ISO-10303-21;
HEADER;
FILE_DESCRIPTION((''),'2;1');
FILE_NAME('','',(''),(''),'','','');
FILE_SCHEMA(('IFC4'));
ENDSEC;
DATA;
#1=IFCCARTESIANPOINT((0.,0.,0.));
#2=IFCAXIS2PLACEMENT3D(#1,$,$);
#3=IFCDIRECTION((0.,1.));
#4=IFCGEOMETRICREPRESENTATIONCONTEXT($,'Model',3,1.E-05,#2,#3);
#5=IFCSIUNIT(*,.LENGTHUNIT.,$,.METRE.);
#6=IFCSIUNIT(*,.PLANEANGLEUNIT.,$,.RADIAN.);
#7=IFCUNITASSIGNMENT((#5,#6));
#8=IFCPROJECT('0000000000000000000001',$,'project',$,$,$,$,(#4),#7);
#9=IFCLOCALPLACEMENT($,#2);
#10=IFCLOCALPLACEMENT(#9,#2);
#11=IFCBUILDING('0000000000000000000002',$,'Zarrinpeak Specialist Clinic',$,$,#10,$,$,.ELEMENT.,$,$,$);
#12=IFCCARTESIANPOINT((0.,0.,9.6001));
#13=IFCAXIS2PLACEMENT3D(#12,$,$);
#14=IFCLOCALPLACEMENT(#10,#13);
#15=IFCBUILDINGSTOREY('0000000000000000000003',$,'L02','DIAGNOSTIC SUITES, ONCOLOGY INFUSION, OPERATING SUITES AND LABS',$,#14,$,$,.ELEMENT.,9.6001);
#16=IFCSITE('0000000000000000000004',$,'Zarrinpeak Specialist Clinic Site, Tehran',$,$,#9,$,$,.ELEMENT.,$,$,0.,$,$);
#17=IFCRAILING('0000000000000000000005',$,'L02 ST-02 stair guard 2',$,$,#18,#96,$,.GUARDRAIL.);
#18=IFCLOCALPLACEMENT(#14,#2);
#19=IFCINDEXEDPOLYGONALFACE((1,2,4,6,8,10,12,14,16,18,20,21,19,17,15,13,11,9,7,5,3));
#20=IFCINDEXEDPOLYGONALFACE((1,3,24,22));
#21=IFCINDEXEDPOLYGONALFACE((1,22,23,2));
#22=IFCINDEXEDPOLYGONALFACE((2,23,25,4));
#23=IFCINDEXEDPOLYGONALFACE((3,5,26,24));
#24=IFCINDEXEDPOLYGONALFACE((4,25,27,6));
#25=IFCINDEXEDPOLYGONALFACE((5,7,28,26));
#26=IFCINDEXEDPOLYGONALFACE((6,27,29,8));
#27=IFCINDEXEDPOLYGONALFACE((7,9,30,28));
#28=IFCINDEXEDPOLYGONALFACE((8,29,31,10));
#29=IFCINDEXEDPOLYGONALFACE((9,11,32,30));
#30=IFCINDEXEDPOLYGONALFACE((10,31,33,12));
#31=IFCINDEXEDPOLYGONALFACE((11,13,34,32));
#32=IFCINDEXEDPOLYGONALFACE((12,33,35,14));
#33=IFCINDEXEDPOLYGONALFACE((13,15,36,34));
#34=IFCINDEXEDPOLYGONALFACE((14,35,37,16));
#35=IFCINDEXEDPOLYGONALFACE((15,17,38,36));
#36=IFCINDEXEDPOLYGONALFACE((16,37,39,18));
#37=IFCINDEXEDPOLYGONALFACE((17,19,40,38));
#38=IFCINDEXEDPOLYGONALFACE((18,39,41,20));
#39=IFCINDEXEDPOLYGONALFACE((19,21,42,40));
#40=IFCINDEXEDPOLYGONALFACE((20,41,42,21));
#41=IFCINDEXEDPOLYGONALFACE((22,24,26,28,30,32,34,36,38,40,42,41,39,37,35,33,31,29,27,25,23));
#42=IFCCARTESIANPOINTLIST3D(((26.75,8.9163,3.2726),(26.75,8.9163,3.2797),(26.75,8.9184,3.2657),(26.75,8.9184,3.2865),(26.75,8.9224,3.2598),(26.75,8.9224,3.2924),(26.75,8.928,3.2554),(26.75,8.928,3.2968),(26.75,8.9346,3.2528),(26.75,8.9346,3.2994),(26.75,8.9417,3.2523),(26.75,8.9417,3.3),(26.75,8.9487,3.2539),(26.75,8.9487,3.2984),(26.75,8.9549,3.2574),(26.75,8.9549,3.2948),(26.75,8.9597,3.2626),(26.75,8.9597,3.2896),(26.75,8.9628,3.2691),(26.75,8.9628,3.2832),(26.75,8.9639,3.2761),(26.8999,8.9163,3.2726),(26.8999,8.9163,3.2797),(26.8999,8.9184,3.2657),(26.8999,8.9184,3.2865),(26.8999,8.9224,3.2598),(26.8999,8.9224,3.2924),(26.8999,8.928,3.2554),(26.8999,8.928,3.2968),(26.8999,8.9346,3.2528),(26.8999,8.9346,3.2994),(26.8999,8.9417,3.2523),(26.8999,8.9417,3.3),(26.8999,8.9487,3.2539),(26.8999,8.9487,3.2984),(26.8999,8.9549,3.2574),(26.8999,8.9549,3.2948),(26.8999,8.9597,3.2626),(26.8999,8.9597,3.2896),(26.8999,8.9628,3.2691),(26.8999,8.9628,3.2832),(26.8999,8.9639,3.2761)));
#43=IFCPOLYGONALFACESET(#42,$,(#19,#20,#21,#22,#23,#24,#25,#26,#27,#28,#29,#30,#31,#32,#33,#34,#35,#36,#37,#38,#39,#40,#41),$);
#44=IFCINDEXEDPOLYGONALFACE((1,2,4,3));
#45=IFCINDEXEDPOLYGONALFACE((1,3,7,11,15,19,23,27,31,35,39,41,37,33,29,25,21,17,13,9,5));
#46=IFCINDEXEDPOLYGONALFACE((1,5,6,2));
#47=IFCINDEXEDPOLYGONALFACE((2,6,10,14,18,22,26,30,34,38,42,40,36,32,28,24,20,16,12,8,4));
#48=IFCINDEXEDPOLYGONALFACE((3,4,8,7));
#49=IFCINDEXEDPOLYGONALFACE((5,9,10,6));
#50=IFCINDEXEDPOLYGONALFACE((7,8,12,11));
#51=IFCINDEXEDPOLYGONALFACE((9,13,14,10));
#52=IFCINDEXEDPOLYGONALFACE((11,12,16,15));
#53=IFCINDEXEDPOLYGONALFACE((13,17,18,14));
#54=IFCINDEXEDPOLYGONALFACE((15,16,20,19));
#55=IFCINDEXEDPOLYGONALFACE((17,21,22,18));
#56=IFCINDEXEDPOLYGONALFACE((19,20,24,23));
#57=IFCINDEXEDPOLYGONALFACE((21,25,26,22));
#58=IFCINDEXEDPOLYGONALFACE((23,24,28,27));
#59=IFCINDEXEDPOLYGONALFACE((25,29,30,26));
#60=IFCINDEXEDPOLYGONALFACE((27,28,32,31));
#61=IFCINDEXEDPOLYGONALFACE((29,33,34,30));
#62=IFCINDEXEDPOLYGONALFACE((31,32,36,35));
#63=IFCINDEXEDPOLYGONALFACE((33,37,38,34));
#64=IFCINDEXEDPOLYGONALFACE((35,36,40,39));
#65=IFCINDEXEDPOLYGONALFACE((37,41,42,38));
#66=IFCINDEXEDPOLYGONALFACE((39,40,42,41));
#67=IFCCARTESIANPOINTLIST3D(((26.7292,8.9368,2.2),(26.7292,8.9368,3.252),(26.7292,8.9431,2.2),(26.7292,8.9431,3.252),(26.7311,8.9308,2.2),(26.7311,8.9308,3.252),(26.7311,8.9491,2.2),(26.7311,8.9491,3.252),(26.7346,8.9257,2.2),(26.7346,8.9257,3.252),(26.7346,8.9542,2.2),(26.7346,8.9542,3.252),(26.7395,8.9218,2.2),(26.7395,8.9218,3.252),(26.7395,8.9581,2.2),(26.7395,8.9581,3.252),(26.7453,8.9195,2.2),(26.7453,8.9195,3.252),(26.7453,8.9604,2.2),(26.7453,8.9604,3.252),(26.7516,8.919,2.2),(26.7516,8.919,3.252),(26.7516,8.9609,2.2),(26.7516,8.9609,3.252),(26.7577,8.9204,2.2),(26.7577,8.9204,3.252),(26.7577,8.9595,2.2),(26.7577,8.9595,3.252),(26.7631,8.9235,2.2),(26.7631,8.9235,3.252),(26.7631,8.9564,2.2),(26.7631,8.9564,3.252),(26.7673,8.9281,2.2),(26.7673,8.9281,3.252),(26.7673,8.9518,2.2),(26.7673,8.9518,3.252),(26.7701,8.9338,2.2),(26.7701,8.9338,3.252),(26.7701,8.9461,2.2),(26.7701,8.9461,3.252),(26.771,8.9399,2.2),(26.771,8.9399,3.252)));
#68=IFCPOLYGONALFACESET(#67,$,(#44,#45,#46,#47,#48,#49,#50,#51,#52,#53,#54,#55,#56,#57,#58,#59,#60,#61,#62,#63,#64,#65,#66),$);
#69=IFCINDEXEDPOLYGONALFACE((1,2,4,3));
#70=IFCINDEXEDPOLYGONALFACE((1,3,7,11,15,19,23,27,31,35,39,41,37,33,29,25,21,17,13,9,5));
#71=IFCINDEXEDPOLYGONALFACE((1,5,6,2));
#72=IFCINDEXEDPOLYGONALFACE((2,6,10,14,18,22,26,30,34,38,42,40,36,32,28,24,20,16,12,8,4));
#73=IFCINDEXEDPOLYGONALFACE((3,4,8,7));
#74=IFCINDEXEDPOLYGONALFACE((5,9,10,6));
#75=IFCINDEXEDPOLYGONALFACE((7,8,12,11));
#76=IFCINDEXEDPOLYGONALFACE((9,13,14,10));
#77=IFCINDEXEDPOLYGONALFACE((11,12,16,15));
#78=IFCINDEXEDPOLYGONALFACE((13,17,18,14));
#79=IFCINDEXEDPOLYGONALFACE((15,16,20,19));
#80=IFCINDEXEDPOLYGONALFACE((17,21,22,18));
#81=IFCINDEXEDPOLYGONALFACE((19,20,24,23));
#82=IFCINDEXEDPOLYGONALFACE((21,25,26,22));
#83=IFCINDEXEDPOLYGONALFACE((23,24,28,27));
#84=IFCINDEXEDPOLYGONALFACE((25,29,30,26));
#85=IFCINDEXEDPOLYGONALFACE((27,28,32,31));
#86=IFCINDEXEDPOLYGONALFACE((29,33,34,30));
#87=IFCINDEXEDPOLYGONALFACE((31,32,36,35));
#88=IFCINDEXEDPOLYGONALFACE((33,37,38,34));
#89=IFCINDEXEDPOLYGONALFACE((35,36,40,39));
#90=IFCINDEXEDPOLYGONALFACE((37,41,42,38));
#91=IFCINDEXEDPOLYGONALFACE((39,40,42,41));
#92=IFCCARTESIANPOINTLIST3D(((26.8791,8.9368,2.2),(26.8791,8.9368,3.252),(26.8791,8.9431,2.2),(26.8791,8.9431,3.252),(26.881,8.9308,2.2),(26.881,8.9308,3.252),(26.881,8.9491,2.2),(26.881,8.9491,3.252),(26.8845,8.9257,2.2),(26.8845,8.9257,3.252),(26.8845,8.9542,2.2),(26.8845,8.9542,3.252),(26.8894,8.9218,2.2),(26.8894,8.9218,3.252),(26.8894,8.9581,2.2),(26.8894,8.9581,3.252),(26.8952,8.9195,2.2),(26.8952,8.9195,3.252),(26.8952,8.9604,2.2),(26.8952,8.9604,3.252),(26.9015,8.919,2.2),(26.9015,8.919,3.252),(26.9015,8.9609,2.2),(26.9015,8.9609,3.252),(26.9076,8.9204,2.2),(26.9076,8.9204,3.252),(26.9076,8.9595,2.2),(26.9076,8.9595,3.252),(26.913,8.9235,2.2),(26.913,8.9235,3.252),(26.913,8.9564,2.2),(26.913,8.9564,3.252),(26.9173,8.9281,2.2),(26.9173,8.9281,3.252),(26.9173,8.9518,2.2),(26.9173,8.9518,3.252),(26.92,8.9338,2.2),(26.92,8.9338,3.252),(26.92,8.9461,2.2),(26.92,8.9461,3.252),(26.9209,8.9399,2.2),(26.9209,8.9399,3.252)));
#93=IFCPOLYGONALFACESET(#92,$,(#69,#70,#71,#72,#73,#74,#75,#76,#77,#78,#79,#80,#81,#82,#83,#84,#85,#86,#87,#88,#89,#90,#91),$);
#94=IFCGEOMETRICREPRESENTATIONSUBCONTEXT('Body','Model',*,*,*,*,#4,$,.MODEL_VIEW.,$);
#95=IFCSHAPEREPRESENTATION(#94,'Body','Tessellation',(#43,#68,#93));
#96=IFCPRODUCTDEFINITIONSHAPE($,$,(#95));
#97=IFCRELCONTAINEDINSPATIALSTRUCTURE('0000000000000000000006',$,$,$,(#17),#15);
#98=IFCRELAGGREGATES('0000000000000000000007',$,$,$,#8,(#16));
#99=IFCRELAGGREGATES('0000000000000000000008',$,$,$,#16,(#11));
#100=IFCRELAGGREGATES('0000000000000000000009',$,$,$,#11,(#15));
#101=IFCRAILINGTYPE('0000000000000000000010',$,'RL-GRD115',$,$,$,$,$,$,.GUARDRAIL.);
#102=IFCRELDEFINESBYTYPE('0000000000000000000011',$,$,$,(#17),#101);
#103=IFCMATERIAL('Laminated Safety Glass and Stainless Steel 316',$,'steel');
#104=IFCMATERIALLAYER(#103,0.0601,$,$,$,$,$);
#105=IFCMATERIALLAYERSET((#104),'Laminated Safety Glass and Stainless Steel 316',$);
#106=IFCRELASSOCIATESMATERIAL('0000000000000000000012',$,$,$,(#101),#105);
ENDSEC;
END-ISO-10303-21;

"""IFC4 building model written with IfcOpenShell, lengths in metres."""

from ifc_helpers import new_model, si_unit, direction, frame, origin, origin_2d, place, context, subcontext, project, spatial, circle, extrude, material, layer, layer_set, type_object, element, save


model = new_model("IFC4")

# Units and contexts
model_context = context("Model", 3, precision=1e-05, world=origin(), true_north=direction((0.0, 1.0)))
body_context = subcontext(model_context, "Body", "Model", "MODEL_VIEW")
ifc_project = project(units=[si_unit("LENGTHUNIT", "METRE"), si_unit("PLANEANGLEUNIT", "RADIAN")], contexts=[model_context])

# Site, building, storey
site_placement = place(None, origin())
site = spatial("IfcSite", under=ifc_project, at=site_placement, Name="Zarrinpeak Specialist Clinic Site, Tehran", CompositionType="ELEMENT", RefElevation=0.0)
building_placement = place(site_placement, origin())
building = spatial("IfcBuilding", under=site, at=building_placement, Name="Zarrinpeak Specialist Clinic", CompositionType="ELEMENT")
storey_placement = place(building_placement, frame((0.0, 0.0, 9.6001)))
storey = spatial("IfcBuildingStorey", under=building, at=storey_placement, Name="L02", Description="DIAGNOSTIC SUITES, ONCOLOGY INFUSION, OPERATING SUITES AND LABS", CompositionType="ELEMENT", Elevation=9.6001)

# Railing
ifc_material_1 = material(Name="Laminated Safety Glass and Stainless Steel 316", Category="steel")
ifc_layer_1 = layer(ifc_material_1, 0.0601)
ifc_layer_set_1 = layer_set([ifc_layer_1], Name="Laminated Safety Glass and Stainless Steel 316")
railing_type_1 = type_object("IfcRailingType", Name="RL-GRD115", PredefinedType="GUARDRAIL", material=ifc_layer_set_1)
railing_1_placement = place(storey_placement, frame((26.75, 8.9399, 2.2)))
element("IfcRailing", 1, at=railing_1_placement, inside=storey, type_object=railing_type_1, Name="L02 ST-02 stair guard 2", PredefinedType="GUARDRAIL", context=body_context, shape_type="SweptSolid", body=[
    extrude(circle(Radius=0.0239, at=origin_2d()), frame((0.0, 0.0, 1.0762), z_axis=(1.0, 0.0, 0.0), x_axis=(0.0, 1.0, 0.0)), (0.0, 0.0, 1.0), 0.1499),
    extrude(circle(Radius=0.021, at=origin_2d()), origin(), (0.0, 0.0, 1.0), 1.052),
    extrude(circle(Radius=0.021, at=origin_2d()), frame((0.1499, 0.0, 0.0)), (0.0, 0.0, 1.0), 1.052),
])

save(model, "model.ifc")
